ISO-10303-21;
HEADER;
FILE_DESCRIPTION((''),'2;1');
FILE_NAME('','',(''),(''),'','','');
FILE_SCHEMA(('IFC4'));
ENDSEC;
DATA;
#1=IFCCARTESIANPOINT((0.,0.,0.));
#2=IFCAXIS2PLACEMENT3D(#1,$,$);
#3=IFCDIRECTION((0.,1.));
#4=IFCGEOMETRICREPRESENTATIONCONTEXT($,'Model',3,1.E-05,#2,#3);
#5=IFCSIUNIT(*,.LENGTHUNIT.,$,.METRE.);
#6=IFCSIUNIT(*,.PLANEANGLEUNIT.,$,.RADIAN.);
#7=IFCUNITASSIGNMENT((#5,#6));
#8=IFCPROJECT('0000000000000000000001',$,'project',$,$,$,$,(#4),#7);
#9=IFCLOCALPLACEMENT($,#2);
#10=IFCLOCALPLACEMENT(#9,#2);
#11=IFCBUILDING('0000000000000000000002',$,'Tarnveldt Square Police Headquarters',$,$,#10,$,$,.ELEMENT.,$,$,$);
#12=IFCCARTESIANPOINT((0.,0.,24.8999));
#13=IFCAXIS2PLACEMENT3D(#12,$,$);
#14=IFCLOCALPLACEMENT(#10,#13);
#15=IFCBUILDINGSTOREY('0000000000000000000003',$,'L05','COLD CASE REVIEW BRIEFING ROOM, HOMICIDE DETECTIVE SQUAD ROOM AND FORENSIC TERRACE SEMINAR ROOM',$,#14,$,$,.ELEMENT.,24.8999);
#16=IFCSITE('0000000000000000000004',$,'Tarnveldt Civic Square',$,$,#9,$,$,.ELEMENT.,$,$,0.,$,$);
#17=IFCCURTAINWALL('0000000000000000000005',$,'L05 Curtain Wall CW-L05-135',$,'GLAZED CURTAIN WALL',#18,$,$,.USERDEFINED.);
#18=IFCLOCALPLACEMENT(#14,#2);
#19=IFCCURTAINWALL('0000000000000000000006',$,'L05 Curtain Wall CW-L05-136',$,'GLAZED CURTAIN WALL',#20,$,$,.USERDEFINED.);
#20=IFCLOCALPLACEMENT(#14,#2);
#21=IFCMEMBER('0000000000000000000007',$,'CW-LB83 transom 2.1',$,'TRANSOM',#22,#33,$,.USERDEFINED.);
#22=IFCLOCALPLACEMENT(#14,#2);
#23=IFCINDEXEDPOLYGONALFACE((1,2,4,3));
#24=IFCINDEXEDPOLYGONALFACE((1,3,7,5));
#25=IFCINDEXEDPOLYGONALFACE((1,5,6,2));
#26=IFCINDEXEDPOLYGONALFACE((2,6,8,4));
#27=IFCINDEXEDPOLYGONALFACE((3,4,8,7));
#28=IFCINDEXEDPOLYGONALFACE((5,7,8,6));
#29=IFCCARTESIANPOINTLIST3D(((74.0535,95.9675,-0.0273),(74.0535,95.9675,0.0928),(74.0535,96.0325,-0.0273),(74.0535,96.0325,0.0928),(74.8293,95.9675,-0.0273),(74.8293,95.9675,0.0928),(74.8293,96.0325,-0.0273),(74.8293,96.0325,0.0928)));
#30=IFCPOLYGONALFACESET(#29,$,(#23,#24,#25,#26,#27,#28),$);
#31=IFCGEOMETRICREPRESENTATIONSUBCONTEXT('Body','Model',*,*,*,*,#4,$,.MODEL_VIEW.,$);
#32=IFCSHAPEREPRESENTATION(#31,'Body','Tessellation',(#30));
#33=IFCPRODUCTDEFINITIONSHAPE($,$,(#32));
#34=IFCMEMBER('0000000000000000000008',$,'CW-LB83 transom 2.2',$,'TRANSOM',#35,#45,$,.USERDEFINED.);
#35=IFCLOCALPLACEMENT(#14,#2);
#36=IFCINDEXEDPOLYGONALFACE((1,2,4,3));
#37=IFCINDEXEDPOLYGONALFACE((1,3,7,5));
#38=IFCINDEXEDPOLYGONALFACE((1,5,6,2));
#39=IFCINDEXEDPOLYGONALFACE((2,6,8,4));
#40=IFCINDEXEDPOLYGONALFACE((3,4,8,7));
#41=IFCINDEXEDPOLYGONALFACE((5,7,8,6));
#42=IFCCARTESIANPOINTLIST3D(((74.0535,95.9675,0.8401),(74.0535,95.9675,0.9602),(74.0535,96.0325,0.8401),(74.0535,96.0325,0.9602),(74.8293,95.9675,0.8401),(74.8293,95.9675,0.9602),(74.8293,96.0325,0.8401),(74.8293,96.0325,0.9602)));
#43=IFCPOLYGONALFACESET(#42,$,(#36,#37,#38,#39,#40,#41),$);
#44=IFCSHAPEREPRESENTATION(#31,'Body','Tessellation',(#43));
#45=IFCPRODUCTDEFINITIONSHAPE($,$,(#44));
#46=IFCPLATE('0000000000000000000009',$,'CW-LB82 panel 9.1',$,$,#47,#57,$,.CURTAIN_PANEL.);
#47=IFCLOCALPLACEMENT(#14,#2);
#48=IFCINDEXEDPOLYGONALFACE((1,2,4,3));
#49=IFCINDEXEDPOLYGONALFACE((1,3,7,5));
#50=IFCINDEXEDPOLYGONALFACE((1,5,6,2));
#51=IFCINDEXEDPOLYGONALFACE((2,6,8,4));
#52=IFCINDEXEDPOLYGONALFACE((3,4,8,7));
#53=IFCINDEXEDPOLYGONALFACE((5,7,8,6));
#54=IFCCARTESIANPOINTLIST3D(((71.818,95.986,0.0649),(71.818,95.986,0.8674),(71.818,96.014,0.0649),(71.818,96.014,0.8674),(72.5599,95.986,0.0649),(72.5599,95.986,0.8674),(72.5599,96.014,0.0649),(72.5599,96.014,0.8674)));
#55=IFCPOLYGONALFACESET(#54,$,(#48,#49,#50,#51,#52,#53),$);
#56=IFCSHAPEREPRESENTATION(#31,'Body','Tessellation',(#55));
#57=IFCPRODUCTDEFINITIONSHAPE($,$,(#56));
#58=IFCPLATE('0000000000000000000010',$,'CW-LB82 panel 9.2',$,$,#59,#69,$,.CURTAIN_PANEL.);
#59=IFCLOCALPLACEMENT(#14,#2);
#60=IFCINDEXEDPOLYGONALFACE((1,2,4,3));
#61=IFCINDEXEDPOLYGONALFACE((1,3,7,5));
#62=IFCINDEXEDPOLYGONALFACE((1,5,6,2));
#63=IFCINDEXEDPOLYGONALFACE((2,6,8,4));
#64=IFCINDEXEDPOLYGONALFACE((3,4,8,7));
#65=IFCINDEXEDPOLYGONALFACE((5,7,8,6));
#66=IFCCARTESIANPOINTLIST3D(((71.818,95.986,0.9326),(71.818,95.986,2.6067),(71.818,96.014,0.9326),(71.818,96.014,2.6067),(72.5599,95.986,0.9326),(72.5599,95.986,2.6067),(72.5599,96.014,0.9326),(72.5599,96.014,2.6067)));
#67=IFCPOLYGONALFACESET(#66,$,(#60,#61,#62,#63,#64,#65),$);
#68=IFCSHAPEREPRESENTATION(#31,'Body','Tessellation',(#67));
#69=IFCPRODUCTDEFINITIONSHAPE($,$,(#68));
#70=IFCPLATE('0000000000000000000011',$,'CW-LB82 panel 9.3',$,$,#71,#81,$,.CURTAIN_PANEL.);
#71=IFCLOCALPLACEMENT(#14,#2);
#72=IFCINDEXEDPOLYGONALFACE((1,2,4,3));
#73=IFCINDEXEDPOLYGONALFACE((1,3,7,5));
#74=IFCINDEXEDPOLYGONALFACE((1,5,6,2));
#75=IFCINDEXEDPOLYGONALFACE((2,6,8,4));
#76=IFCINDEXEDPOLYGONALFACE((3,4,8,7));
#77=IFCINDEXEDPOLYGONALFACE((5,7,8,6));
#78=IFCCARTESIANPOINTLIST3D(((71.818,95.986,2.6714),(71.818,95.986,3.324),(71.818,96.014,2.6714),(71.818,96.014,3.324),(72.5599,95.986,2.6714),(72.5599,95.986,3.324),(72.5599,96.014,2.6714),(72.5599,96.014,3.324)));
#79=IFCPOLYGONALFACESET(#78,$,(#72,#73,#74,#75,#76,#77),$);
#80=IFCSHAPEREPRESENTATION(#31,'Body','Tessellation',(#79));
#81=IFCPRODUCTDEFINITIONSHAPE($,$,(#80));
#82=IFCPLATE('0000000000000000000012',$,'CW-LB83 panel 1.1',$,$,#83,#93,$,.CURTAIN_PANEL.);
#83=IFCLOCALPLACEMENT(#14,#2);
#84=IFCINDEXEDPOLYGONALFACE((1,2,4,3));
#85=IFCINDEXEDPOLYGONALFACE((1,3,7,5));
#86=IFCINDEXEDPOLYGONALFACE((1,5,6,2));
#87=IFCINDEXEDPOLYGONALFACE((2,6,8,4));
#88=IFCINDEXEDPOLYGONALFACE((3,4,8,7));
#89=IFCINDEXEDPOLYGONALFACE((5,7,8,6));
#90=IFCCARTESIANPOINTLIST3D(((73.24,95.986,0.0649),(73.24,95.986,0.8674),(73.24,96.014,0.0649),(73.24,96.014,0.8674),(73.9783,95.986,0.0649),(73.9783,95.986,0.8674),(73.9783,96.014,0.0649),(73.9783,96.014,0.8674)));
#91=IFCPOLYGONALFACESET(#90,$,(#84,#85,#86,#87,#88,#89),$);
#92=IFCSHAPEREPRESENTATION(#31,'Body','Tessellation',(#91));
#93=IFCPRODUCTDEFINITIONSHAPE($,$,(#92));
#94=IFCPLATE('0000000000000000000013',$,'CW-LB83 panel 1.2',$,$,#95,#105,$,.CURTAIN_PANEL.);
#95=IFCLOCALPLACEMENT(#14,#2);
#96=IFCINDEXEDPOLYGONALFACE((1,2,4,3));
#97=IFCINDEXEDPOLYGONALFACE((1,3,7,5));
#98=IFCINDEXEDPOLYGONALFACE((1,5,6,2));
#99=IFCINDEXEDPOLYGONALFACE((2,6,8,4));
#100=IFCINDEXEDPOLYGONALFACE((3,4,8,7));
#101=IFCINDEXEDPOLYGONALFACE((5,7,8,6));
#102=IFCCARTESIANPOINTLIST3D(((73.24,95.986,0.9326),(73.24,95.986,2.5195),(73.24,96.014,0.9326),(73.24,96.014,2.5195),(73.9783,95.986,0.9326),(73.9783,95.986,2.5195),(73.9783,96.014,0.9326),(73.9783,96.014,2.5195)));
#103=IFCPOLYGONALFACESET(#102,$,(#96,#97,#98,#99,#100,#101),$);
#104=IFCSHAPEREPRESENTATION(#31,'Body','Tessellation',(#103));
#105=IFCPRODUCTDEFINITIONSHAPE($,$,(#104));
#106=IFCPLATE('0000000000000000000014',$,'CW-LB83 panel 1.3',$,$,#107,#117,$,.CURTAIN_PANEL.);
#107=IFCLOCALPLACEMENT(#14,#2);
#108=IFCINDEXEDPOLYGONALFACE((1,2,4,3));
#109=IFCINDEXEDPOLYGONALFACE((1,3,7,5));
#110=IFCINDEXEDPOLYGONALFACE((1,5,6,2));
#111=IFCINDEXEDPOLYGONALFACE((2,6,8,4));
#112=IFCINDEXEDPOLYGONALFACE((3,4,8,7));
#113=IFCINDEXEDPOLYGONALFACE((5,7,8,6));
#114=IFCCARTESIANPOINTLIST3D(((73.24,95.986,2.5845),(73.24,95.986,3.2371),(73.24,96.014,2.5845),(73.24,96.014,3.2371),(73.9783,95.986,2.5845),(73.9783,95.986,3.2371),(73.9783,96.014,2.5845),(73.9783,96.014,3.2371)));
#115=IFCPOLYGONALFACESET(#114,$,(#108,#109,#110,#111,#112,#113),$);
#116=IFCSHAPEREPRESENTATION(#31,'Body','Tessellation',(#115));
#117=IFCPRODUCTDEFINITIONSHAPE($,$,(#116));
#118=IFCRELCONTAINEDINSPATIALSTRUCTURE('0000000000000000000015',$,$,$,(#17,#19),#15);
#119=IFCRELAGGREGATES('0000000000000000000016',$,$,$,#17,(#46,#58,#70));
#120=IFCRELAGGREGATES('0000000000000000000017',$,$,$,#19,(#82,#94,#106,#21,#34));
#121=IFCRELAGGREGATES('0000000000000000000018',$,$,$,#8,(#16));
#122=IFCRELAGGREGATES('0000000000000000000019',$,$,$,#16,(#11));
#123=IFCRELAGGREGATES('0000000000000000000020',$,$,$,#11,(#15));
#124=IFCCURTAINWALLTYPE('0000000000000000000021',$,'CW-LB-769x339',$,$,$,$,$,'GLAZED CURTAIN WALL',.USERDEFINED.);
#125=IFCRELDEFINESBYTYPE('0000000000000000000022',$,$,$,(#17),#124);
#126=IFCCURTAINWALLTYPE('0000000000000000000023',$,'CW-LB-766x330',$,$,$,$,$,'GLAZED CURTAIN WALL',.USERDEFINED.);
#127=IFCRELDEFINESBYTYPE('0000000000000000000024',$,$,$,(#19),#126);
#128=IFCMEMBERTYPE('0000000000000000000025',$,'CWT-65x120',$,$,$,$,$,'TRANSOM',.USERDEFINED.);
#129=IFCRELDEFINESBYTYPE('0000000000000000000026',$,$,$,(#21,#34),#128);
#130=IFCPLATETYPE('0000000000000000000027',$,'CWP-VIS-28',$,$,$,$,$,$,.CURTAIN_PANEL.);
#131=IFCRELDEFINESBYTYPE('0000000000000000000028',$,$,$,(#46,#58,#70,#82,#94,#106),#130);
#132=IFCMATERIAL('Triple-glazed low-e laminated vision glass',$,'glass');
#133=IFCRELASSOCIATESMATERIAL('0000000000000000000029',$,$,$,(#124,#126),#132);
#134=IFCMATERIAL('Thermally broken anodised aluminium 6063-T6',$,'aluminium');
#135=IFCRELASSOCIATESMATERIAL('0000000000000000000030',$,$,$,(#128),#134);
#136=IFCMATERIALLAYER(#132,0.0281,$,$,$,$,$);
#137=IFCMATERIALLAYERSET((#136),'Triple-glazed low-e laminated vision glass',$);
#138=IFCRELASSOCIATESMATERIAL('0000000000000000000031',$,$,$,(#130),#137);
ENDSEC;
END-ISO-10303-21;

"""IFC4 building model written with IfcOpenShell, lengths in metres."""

from ifc_helpers import new_model, si_unit, direction, frame, origin, origin_2d, place, context, subcontext, project, spatial, rectangle, extrude, material, layer, layer_set, material_profile, profile_set, type_object, element, aggregate, save


model = new_model("IFC4")

# Units and contexts
model_context = context("Model", 3, precision=1e-05, world=origin(), true_north=direction((0.0, 1.0)))
body_context = subcontext(model_context, "Body", "Model", "MODEL_VIEW")
ifc_project = project(units=[si_unit("LENGTHUNIT", "METRE"), si_unit("PLANEANGLEUNIT", "RADIAN")], contexts=[model_context])

# Site, building, storey
site_placement = place(None, origin())
site = spatial("IfcSite", under=ifc_project, at=site_placement, Name="Tarnveldt Civic Square", CompositionType="ELEMENT", RefElevation=0.0)
building_placement = place(site_placement, origin())
building = spatial("IfcBuilding", under=site, at=building_placement, Name="Tarnveldt Square Police Headquarters", CompositionType="ELEMENT")
storey_placement = place(building_placement, frame((0.0, 0.0, 24.8999)))
storey = spatial("IfcBuildingStorey", under=building, at=storey_placement, Name="L05", Description="COLD CASE REVIEW BRIEFING ROOM, HOMICIDE DETECTIVE SQUAD ROOM AND FORENSIC TERRACE SEMINAR ROOM", CompositionType="ELEMENT", Elevation=24.8999)

# Curtain wall
ifc_material_1 = material(Name="Triple-glazed low-e laminated vision glass", Category="glass")
curtain_wall_type_1 = type_object("IfcCurtainWallType", Name="CW-LB-769x339", ElementType="GLAZED CURTAIN WALL", PredefinedType="USERDEFINED", material=ifc_material_1)
curtain_wall_1_placement = place(storey_placement, origin())
curtain_wall_1 = element("IfcCurtainWall", 1, at=curtain_wall_1_placement, inside=storey, type_object=curtain_wall_type_1, Name="L05 Curtain Wall CW-L05-135", ObjectType="GLAZED CURTAIN WALL", PredefinedType="USERDEFINED")
ifc_material_2 = material(Name="Thermally broken anodised aluminium 6063-T6", Category="aluminium")

# Curtain wall
curtain_wall_type_2 = type_object("IfcCurtainWallType", Name="CW-LB-766x330", ElementType="GLAZED CURTAIN WALL", PredefinedType="USERDEFINED", material=ifc_material_1)
curtain_wall_2_placement = place(storey_placement, origin())
curtain_wall_2 = element("IfcCurtainWall", 2, at=curtain_wall_2_placement, inside=storey, type_object=curtain_wall_type_2, Name="L05 Curtain Wall CW-L05-136", ObjectType="GLAZED CURTAIN WALL", PredefinedType="USERDEFINED")

# Members
ifc_material_profile_1 = material_profile(ifc_material_2, rectangle(XDim=0.0649, YDim=0.1201, at=origin_2d()), Name="CW-T65x120")
ifc_profile_set_1 = profile_set([ifc_material_profile_1], Name="Thermally broken anodised aluminium 6063-T6")
member_type_1 = type_object("IfcMemberType", Name="CWT-65x120", ElementType="TRANSOM", PredefinedType="USERDEFINED", material=ifc_profile_set_1)
member_1_placement = place(storey_placement, frame((74.0535, 96.0, 0.0327), z_axis=(1.0, 0.0, 0.0), x_axis=(0.0, 1.0, 0.0)))
member_1 = element("IfcMember", 3, at=member_1_placement, type_object=member_type_1, Name="CW-LB83 transom 2.1", ObjectType="TRANSOM", PredefinedType="USERDEFINED", context=body_context, shape_type="SweptSolid", body=[
    extrude(rectangle(XDim=0.0649, YDim=0.1201, at=origin_2d()), origin(), (0.0, 0.0, 1.0), 0.7759),
])
member_2_placement = place(storey_placement, frame((74.0535, 96.0, 0.9001), z_axis=(1.0, 0.0, 0.0), x_axis=(0.0, 1.0, 0.0)))
member_2 = element("IfcMember", 4, at=member_2_placement, type_object=member_type_1, Name="CW-LB83 transom 2.2", ObjectType="TRANSOM", PredefinedType="USERDEFINED", context=body_context, shape_type="SweptSolid", body=[
    extrude(rectangle(XDim=0.0649, YDim=0.1201, at=origin_2d()), origin(), (0.0, 0.0, 1.0), 0.7759),
])

# Plates
ifc_layer = layer(ifc_material_1, 0.0281)
ifc_layer_set = layer_set([ifc_layer], Name="Triple-glazed low-e laminated vision glass")
plate_type = type_object("IfcPlateType", Name="CWP-VIS-28", PredefinedType="CURTAIN_PANEL", material=ifc_layer_set)
plate_1_placement = place(storey_placement, frame((72.189, 96.0, 0.0649), z_axis=(0.0, 0.0, 1.0), x_axis=(1.0, 0.0, 0.0)))
plate_1 = element("IfcPlate", 5, at=plate_1_placement, type_object=plate_type, Name="CW-LB82 panel 9.1", PredefinedType="CURTAIN_PANEL", context=body_context, shape_type="SweptSolid", body=[
    extrude(rectangle(XDim=0.7419, YDim=0.0281, at=origin_2d()), origin(), (0.0, 0.0, 1.0), 0.8025),
])
plate_2_placement = place(storey_placement, frame((72.189, 96.0, 0.9326), z_axis=(0.0, 0.0, 1.0), x_axis=(1.0, 0.0, 0.0)))
plate_2 = element("IfcPlate", 6, at=plate_2_placement, type_object=plate_type, Name="CW-LB82 panel 9.2", PredefinedType="CURTAIN_PANEL", context=body_context, shape_type="SweptSolid", body=[
    extrude(rectangle(XDim=0.7419, YDim=0.0281, at=origin_2d()), origin(), (0.0, 0.0, 1.0), 1.6741),
])
plate_3_placement = place(storey_placement, frame((72.189, 96.0, 2.6714), z_axis=(0.0, 0.0, 1.0), x_axis=(1.0, 0.0, 0.0)))
plate_3 = element("IfcPlate", 7, at=plate_3_placement, type_object=plate_type, Name="CW-LB82 panel 9.3", PredefinedType="CURTAIN_PANEL", context=body_context, shape_type="SweptSolid", body=[
    extrude(rectangle(XDim=0.7419, YDim=0.0281, at=origin_2d()), origin(), (0.0, 0.0, 1.0), 0.6526),
])
aggregate(curtain_wall_1, [plate_1, plate_2, plate_3])
plate_4_placement = place(storey_placement, frame((73.6091, 96.0, 0.0649), z_axis=(0.0, 0.0, 1.0), x_axis=(1.0, 0.0, 0.0)))
plate_4 = element("IfcPlate", 8, at=plate_4_placement, type_object=plate_type, Name="CW-LB83 panel 1.1", PredefinedType="CURTAIN_PANEL", context=body_context, shape_type="SweptSolid", body=[
    extrude(rectangle(XDim=0.7383, YDim=0.0281, at=origin_2d()), origin(), (0.0, 0.0, 1.0), 0.8025),
])
plate_5_placement = place(storey_placement, frame((73.6091, 96.0, 0.9326), z_axis=(0.0, 0.0, 1.0), x_axis=(1.0, 0.0, 0.0)))
plate_5 = element("IfcPlate", 9, at=plate_5_placement, type_object=plate_type, Name="CW-LB83 panel 1.2", PredefinedType="CURTAIN_PANEL", context=body_context, shape_type="SweptSolid", body=[
    extrude(rectangle(XDim=0.7383, YDim=0.0281, at=origin_2d()), origin(), (0.0, 0.0, 1.0), 1.5869),
])
plate_6_placement = place(storey_placement, frame((73.6091, 96.0, 2.5845), z_axis=(0.0, 0.0, 1.0), x_axis=(1.0, 0.0, 0.0)))
plate_6 = element("IfcPlate", 10, at=plate_6_placement, type_object=plate_type, Name="CW-LB83 panel 1.3", PredefinedType="CURTAIN_PANEL", context=body_context, shape_type="SweptSolid", body=[
    extrude(rectangle(XDim=0.7383, YDim=0.0281, at=origin_2d()), origin(), (0.0, 0.0, 1.0), 0.6526),
])
aggregate(curtain_wall_2, [plate_4, plate_5, plate_6, member_1, member_2])

save(model, "model.ifc")
